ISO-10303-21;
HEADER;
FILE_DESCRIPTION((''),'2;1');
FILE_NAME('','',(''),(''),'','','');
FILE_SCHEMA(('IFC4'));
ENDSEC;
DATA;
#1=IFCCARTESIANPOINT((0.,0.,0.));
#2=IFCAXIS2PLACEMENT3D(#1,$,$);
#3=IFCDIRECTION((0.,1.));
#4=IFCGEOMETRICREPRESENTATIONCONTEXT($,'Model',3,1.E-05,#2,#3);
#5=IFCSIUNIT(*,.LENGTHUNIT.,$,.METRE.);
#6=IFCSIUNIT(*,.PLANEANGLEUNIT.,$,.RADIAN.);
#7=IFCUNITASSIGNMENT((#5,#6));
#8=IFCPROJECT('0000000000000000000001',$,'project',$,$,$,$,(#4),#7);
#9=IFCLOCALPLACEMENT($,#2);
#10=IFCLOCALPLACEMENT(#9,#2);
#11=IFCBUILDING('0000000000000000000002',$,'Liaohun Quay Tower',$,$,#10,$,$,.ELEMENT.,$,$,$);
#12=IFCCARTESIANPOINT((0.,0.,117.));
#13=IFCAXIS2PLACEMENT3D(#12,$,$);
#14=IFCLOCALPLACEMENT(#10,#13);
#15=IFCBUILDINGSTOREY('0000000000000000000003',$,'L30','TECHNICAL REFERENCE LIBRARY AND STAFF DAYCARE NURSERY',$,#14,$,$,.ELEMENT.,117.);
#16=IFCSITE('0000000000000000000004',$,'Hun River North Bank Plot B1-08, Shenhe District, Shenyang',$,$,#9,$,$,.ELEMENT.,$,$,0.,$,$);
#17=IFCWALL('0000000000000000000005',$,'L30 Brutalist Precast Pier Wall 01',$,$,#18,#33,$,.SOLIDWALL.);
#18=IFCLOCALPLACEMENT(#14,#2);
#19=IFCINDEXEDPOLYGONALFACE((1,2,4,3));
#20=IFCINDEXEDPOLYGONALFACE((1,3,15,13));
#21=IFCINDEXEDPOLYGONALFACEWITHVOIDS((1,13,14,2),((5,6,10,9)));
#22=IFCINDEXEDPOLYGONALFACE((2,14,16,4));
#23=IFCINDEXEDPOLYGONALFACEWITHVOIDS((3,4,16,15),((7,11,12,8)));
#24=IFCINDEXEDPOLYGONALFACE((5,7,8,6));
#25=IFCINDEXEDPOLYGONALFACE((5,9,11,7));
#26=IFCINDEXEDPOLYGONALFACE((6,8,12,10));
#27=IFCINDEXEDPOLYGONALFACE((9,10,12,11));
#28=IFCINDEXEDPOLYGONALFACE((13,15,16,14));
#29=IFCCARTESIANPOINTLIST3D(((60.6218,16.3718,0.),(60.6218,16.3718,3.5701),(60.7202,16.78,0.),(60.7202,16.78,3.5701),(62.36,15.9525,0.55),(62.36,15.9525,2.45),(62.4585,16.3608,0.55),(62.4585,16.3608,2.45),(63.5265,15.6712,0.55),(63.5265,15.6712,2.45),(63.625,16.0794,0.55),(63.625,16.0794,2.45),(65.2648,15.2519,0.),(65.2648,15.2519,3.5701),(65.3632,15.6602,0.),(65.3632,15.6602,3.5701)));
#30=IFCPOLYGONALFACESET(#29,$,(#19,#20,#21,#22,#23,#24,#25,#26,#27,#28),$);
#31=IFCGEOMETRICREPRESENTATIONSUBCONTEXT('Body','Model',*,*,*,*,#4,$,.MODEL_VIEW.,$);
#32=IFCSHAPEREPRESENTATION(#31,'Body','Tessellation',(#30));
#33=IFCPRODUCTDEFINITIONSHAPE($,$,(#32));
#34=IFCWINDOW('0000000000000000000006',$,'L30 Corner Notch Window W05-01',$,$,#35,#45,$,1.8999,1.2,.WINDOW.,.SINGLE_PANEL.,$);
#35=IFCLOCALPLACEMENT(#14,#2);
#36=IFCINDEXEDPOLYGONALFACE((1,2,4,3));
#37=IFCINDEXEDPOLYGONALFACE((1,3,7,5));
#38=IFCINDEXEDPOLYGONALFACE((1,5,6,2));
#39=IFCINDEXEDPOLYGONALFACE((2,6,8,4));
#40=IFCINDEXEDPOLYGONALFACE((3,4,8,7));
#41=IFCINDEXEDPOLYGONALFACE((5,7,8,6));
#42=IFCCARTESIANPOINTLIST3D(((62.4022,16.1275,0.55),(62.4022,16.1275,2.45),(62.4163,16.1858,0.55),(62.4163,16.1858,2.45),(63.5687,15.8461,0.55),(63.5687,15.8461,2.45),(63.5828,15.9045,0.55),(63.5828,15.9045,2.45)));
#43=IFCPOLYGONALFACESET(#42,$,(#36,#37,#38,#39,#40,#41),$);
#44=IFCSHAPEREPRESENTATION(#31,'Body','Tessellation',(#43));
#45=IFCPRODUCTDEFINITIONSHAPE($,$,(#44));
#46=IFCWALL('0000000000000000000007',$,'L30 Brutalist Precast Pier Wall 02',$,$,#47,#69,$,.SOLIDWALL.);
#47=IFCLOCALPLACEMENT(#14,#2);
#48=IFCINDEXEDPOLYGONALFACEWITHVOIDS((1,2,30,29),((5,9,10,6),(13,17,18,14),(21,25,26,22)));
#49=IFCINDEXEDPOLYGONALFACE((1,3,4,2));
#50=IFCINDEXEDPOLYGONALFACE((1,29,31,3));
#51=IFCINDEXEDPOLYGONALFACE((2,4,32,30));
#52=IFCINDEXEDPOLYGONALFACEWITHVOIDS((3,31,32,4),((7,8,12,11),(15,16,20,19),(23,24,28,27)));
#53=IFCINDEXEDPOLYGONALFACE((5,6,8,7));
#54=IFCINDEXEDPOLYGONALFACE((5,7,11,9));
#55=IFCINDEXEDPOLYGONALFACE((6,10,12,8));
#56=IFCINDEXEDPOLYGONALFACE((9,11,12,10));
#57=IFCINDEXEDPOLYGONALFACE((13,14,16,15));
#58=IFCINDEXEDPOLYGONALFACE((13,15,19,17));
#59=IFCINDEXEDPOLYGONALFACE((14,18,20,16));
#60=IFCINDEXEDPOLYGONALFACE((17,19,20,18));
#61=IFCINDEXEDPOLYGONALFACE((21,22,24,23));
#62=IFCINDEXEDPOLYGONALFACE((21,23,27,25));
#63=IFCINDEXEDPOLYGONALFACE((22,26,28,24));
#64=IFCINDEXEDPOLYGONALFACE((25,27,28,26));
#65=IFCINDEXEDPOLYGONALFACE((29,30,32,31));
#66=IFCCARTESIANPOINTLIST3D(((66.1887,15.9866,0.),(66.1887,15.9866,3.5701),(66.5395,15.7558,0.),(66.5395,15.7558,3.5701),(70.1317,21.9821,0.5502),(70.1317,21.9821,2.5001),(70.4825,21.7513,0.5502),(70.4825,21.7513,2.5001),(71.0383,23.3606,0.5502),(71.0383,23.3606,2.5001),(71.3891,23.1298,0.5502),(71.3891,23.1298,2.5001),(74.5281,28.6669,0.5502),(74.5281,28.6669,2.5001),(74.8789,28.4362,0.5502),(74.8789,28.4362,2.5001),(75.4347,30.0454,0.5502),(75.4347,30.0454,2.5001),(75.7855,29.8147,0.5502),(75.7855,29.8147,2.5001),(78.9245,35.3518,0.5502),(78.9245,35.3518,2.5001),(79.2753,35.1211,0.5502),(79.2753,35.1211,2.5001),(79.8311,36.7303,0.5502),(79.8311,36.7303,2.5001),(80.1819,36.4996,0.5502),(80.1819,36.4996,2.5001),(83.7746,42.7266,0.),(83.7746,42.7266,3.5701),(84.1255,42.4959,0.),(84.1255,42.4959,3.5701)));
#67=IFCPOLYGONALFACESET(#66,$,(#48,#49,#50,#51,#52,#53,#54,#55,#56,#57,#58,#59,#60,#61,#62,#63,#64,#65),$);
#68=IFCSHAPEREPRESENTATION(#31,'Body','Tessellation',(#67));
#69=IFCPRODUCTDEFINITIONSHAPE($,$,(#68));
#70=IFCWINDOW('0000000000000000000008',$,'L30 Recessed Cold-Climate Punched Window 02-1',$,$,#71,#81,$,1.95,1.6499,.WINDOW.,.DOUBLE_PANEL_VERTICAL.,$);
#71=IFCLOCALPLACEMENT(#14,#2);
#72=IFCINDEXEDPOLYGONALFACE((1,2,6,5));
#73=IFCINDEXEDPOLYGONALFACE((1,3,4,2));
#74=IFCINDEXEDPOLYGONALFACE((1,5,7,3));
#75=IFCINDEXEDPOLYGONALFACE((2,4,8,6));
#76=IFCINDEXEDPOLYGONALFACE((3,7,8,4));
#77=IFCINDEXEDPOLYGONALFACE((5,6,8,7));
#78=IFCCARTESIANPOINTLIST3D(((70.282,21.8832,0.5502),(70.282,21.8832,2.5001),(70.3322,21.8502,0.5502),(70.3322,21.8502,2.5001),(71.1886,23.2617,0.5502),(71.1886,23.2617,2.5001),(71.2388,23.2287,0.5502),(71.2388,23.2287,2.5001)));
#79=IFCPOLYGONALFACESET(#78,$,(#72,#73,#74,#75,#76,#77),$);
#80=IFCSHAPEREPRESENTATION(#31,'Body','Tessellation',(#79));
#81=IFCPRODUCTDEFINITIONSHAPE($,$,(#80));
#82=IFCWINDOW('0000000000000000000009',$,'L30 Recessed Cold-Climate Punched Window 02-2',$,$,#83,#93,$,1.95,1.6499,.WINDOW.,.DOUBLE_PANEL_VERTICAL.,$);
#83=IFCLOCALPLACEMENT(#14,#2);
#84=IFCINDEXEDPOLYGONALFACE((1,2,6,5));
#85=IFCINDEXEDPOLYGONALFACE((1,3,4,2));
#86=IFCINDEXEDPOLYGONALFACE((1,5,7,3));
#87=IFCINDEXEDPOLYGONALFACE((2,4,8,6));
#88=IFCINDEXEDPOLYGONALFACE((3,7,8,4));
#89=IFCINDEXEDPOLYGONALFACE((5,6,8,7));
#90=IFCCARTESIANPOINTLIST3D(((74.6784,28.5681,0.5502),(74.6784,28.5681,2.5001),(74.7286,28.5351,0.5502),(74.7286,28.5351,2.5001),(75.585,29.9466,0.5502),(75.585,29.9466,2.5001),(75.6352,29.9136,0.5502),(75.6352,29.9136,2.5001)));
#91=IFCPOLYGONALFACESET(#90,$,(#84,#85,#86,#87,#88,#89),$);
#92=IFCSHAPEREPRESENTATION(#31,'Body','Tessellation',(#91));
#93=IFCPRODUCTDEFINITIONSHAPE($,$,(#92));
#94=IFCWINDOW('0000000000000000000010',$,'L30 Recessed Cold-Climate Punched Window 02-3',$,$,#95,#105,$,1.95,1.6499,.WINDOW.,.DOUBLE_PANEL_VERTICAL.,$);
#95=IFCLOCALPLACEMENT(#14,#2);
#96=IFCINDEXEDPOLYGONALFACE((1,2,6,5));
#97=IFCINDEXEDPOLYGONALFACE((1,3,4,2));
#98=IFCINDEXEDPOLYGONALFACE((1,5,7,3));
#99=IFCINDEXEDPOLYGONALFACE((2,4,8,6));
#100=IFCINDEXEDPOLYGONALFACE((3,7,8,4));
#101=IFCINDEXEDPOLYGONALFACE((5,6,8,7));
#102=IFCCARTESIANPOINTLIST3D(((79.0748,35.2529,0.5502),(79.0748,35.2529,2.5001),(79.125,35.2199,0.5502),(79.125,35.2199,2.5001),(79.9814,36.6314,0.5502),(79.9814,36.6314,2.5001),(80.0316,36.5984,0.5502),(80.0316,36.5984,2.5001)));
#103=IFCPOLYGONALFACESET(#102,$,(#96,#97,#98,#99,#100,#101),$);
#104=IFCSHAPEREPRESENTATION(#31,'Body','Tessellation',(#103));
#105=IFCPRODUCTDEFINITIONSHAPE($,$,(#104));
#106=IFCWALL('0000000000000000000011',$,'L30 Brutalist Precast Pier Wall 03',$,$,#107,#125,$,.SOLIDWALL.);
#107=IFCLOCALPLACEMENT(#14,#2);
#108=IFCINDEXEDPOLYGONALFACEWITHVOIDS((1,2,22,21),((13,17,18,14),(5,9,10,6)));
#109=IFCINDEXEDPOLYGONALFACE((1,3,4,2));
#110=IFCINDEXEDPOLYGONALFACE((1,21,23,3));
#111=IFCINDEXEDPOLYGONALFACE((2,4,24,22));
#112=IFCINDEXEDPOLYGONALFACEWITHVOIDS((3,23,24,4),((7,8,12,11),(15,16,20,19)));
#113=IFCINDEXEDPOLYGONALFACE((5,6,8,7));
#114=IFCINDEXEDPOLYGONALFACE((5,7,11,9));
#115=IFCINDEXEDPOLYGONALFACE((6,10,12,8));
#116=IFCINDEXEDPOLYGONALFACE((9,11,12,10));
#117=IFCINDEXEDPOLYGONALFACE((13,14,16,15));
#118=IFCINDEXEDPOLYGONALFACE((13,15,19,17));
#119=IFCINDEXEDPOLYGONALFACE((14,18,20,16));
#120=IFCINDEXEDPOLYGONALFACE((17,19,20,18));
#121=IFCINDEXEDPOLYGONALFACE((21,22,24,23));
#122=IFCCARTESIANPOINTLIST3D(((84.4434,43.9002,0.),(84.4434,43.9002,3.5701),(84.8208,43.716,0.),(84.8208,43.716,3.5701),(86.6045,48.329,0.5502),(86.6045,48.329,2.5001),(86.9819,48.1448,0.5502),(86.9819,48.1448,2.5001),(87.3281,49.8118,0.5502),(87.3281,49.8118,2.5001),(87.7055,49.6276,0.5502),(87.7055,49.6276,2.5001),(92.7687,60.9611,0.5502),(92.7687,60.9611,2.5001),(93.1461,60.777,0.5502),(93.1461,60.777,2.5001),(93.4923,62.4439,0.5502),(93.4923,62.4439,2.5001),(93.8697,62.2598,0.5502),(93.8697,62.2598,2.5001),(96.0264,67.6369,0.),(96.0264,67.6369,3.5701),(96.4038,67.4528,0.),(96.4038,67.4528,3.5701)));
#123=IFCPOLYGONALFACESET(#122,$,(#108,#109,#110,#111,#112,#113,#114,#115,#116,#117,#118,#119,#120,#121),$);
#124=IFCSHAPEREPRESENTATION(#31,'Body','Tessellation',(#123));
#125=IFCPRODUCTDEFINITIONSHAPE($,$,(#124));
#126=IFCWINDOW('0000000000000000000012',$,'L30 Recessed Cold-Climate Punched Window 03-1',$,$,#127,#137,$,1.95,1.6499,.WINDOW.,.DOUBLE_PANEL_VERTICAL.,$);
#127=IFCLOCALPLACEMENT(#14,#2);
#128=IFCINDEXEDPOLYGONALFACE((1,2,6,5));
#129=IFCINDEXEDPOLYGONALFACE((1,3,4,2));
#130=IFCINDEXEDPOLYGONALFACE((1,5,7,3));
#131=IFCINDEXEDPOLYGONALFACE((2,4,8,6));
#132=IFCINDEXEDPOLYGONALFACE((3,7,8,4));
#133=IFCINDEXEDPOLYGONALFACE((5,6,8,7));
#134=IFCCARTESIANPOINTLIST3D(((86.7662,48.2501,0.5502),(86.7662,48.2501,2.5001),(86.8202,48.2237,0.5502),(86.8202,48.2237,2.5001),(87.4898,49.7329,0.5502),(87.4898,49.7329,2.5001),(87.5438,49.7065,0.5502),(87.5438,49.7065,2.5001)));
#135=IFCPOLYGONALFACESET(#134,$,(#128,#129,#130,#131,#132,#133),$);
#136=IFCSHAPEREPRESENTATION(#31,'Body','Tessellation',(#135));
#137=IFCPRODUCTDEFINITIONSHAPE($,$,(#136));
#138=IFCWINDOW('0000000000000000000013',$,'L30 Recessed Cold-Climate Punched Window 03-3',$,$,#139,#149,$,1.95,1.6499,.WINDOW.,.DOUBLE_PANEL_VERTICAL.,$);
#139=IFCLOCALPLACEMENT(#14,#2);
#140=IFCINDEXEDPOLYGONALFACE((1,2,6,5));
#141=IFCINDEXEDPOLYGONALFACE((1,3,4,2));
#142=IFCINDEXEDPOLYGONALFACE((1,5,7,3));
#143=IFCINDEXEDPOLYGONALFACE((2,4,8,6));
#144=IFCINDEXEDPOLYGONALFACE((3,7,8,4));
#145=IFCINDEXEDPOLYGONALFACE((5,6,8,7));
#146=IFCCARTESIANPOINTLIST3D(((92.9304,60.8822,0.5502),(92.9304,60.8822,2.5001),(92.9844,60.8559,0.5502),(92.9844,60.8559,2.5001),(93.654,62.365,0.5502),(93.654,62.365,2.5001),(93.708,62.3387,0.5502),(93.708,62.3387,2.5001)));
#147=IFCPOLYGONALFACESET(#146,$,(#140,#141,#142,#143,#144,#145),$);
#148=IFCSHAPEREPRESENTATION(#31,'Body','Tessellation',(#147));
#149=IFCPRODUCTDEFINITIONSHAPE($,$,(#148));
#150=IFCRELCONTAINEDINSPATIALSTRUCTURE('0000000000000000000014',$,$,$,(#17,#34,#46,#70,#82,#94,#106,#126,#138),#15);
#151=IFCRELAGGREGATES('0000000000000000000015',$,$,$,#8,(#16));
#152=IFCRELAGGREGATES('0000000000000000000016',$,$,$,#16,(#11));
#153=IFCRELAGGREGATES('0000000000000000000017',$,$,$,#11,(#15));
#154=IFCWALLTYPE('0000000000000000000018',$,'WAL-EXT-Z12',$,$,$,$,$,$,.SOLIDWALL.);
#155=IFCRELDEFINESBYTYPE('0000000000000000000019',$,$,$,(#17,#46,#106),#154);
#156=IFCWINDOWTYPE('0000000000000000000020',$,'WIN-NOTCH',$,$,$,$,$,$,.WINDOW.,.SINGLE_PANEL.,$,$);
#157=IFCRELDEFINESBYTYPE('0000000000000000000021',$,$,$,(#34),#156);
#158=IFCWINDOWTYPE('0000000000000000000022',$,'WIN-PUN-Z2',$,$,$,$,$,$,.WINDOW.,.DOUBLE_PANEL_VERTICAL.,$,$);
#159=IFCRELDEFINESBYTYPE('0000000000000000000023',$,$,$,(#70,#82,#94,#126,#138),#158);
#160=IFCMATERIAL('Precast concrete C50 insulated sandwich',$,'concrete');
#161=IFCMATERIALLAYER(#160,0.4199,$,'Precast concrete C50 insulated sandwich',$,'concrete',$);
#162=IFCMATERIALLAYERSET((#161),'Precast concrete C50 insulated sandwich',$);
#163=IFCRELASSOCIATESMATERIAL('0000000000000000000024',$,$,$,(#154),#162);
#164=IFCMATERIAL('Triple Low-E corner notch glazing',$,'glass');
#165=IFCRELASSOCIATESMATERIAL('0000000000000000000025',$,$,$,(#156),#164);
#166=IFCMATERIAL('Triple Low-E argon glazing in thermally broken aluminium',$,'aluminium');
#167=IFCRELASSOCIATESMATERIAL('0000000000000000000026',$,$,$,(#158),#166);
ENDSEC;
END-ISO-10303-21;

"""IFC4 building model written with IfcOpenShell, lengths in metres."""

from ifc_helpers import new_model, si_unit, direction, frame, frame_2d, origin, place, context, subcontext, project, spatial, rectangle, extrude, source, transform, mapped, material, layer, layer_set, type_object, element, fill, save


model = new_model("IFC4")

# Units and contexts
model_context = context("Model", 3, precision=1e-05, world=origin(), true_north=direction((0.0, 1.0)))
body_context = subcontext(model_context, "Body", "Model", "MODEL_VIEW")
ifc_project = project(units=[si_unit("LENGTHUNIT", "METRE"), si_unit("PLANEANGLEUNIT", "RADIAN")], contexts=[model_context])

# Site, building, storey
site_placement = place(None, origin())
site = spatial("IfcSite", under=ifc_project, at=site_placement, Name="Hun River North Bank Plot B1-08, Shenhe District, Shenyang", CompositionType="ELEMENT", RefElevation=0.0)
building_placement = place(site_placement, origin())
building = spatial("IfcBuilding", under=site, at=building_placement, Name="Liaohun Quay Tower", CompositionType="ELEMENT")
storey_placement = place(building_placement, frame((0.0, 0.0, 117.0)))
storey = spatial("IfcBuildingStorey", under=building, at=storey_placement, Name="L30", Description="TECHNICAL REFERENCE LIBRARY AND STAFF DAYCARE NURSERY", CompositionType="ELEMENT", Elevation=117.0)

# Wall, opening, window
ifc_material_1 = material(Name="Precast concrete C50 insulated sandwich", Category="concrete")
ifc_layer_1 = layer(ifc_material_1, 0.4199, Name="Precast concrete C50 insulated sandwich", Category="concrete")
ifc_layer_set_1 = layer_set([ifc_layer_1], Name="Precast concrete C50 insulated sandwich")
wall_type_1 = type_object("IfcWallType", Name="WAL-EXT-Z12", PredefinedType="SOLIDWALL", material=ifc_layer_set_1)
wall_1_placement = place(storey_placement, frame((60.6709, 16.5759, 0.0), z_axis=(0.0, 0.0, 1.0), x_axis=(0.972124, -0.234469, 0.0)))
wall_1 = element("IfcWall", 1, at=wall_1_placement, inside=storey, type_object=wall_type_1, Name="L30 Brutalist Precast Pier Wall 01", PredefinedType="SOLIDWALL", context=body_context, shape_type="SweptSolid", body=[
    extrude(rectangle(XDim=4.7761, YDim=0.4199, at=frame_2d((2.3882, 0.0))), origin(), (0.0, 0.0, 1.0), 3.5701),
])
shared_shape_1 = source(origin(), body_context, "Body", "SweptSolid", [
    extrude(rectangle(XDim=1.2, YDim=1.8999, at=frame_2d((0.6001, 0.95))), frame((0.0, 0.22, 0.0), z_axis=(0.0, -1.0, 0.0), x_axis=(1.0, 0.0, 0.0)), (0.0, 0.0, 1.0), 0.4399),
])
opening_1_placement = place(wall_1_placement, frame((1.7881, 0.0, 0.55)))
opening_1 = element("IfcOpeningElement", 2, at=opening_1_placement, cuts=wall_1, PredefinedType="OPENING", context=body_context, shape_type="MappedRepresentation", body=[
    mapped(shared_shape_1, transform((0.0, 0.0, 0.0), x_axis=(1.0, 0.0, 0.0), y_axis=(0.0, 1.0, 0.0), z_axis=(0.0, 0.0, 1.0), scale=1.0)),
])
ifc_material_2 = material(Name="Triple Low-E corner notch glazing", Category="glass")
window_type_1 = type_object("IfcWindowType", Name="WIN-NOTCH", PartitioningType="SINGLE_PANEL", PredefinedType="WINDOW", material=ifc_material_2)
shared_shape_2 = source(origin(), body_context, "Body", "SweptSolid", [
    extrude(rectangle(XDim=1.2, YDim=1.8999, at=frame_2d((0.6001, 0.95))), frame((0.0, 0.03, 0.0), z_axis=(0.0, -1.0, 0.0), x_axis=(1.0, 0.0, 0.0)), (0.0, 0.0, 1.0), 0.0601),
])
window_1_placement = place(opening_1_placement, origin())
window_1 = element("IfcWindow", 3, at=window_1_placement, inside=storey, type_object=window_type_1, Name="L30 Corner Notch Window W05-01", OverallHeight=1.8999, OverallWidth=1.2, PartitioningType="SINGLE_PANEL", PredefinedType="WINDOW", context=body_context, shape_type="MappedRepresentation", body=[
    mapped(shared_shape_2, transform((0.0, 0.0, 0.0), x_axis=(1.0, 0.0, 0.0), y_axis=(0.0, 1.0, 0.0), z_axis=(0.0, 0.0, 1.0), scale=1.0)),
])
fill(opening_1, window_1)

# Walls, openings, windows
wall_2_placement = place(storey_placement, frame((66.364, 15.8711, 0.0), z_axis=(0.0, 0.0, 1.0), x_axis=(0.549482, 0.835505, 0.0)))
wall_2 = element("IfcWall", 4, at=wall_2_placement, inside=storey, type_object=wall_type_1, Name="L30 Brutalist Precast Pier Wall 02", PredefinedType="SOLIDWALL", context=body_context, shape_type="SweptSolid", body=[
    extrude(rectangle(XDim=32.0046, YDim=0.4199, at=frame_2d((16.0024, 0.0))), origin(), (0.0, 0.0, 1.0), 3.5701),
])
shared_shape_3 = source(origin(), body_context, "Body", "SweptSolid", [
    extrude(rectangle(XDim=1.6499, YDim=1.95, at=frame_2d((0.825, 0.9751))), frame((0.0, 0.22, 0.0), z_axis=(0.0, -1.0, 0.0), x_axis=(1.0, 0.0, 0.0)), (0.0, 0.0, 1.0), 0.4399),
])
opening_2_placement = place(wall_2_placement, frame((7.176, 0.0, 0.55)))
opening_2 = element("IfcOpeningElement", 5, at=opening_2_placement, cuts=wall_2, PredefinedType="OPENING", context=body_context, shape_type="MappedRepresentation", body=[
    mapped(shared_shape_3, transform((0.0, 0.0, 0.0), x_axis=(1.0, 0.0, 0.0), y_axis=(0.0, 1.0, 0.0), z_axis=(0.0, 0.0, 1.0), scale=1.0)),
])
opening_3_placement = place(wall_2_placement, frame((15.177, 0.0, 0.55)))
opening_3 = element("IfcOpeningElement", 6, at=opening_3_placement, cuts=wall_2, PredefinedType="OPENING", context=body_context, shape_type="MappedRepresentation", body=[
    mapped(shared_shape_3, transform((0.0, 0.0, 0.0), x_axis=(1.0, 0.0, 0.0), y_axis=(0.0, 1.0, 0.0), z_axis=(0.0, 0.0, 1.0), scale=1.0)),
])
opening_4_placement = place(wall_2_placement, frame((23.178, 0.0, 0.55)))
opening_4 = element("IfcOpeningElement", 7, at=opening_4_placement, cuts=wall_2, PredefinedType="OPENING", context=body_context, shape_type="MappedRepresentation", body=[
    mapped(shared_shape_3, transform((0.0, 0.0, 0.0), x_axis=(1.0, 0.0, 0.0), y_axis=(0.0, 1.0, 0.0), z_axis=(0.0, 0.0, 1.0), scale=1.0)),
])
ifc_material_3 = material(Name="Triple Low-E argon glazing in thermally broken aluminium", Category="aluminium")
window_type_2 = type_object("IfcWindowType", Name="WIN-PUN-Z2", PartitioningType="DOUBLE_PANEL_VERTICAL", PredefinedType="WINDOW", material=ifc_material_3)
shared_shape_4 = source(origin(), body_context, "Body", "SweptSolid", [
    extrude(rectangle(XDim=1.6499, YDim=1.95, at=frame_2d((0.825, 0.9751))), frame((0.0, 0.03, 0.0), z_axis=(0.0, -1.0, 0.0), x_axis=(1.0, 0.0, 0.0)), (0.0, 0.0, 1.0), 0.0601),
])
window_2_placement = place(opening_2_placement, origin())
window_2 = element("IfcWindow", 8, at=window_2_placement, inside=storey, type_object=window_type_2, Name="L30 Recessed Cold-Climate Punched Window 02-1", OverallHeight=1.95, OverallWidth=1.6499, PartitioningType="DOUBLE_PANEL_VERTICAL", PredefinedType="WINDOW", context=body_context, shape_type="MappedRepresentation", body=[
    mapped(shared_shape_4, transform((0.0, 0.0, 0.0), x_axis=(1.0, 0.0, 0.0), y_axis=(0.0, 1.0, 0.0), z_axis=(0.0, 0.0, 1.0), scale=1.0)),
])
fill(opening_2, window_2)
window_3_placement = place(opening_3_placement, origin())
window_3 = element("IfcWindow", 9, at=window_3_placement, inside=storey, type_object=window_type_2, Name="L30 Recessed Cold-Climate Punched Window 02-2", OverallHeight=1.95, OverallWidth=1.6499, PartitioningType="DOUBLE_PANEL_VERTICAL", PredefinedType="WINDOW", context=body_context, shape_type="MappedRepresentation", body=[
    mapped(shared_shape_4, transform((0.0, 0.0, 0.0), x_axis=(1.0, 0.0, 0.0), y_axis=(0.0, 1.0, 0.0), z_axis=(0.0, 0.0, 1.0), scale=1.0)),
])
fill(opening_3, window_3)
window_4_placement = place(opening_4_placement, origin())
window_4 = element("IfcWindow", 10, at=window_4_placement, inside=storey, type_object=window_type_2, Name="L30 Recessed Cold-Climate Punched Window 02-3", OverallHeight=1.95, OverallWidth=1.6499, PartitioningType="DOUBLE_PANEL_VERTICAL", PredefinedType="WINDOW", context=body_context, shape_type="MappedRepresentation", body=[
    mapped(shared_shape_4, transform((0.0, 0.0, 0.0), x_axis=(1.0, 0.0, 0.0), y_axis=(0.0, 1.0, 0.0), z_axis=(0.0, 0.0, 1.0), scale=1.0)),
])
fill(opening_4, window_4)
wall_3_placement = place(storey_placement, frame((84.6321, 43.8081, 0.0), z_axis=(0.0, 0.0, 1.0), x_axis=(0.438548, 0.898708, 0.0)))
wall_3 = element("IfcWall", 11, at=wall_3_placement, inside=storey, type_object=wall_type_1, Name="L30 Brutalist Precast Pier Wall 03", PredefinedType="SOLIDWALL", context=body_context, shape_type="SweptSolid", body=[
    extrude(rectangle(XDim=26.4121, YDim=0.4199, at=frame_2d((13.2061, 0.0))), origin(), (0.0, 0.0, 1.0), 3.5701),
])
opening_5_placement = place(wall_3_placement, frame((4.928, 0.0, 0.55)))
opening_5 = element("IfcOpeningElement", 12, at=opening_5_placement, cuts=wall_3, PredefinedType="OPENING", context=body_context, shape_type="MappedRepresentation", body=[
    mapped(shared_shape_3, transform((0.0, 0.0, 0.0), x_axis=(1.0, 0.0, 0.0), y_axis=(0.0, 1.0, 0.0), z_axis=(0.0, 0.0, 1.0), scale=1.0)),
])
opening_6_placement = place(wall_3_placement, frame((18.9839, 0.0, 0.55)))
opening_6 = element("IfcOpeningElement", 13, at=opening_6_placement, cuts=wall_3, PredefinedType="OPENING", context=body_context, shape_type="MappedRepresentation", body=[
    mapped(shared_shape_3, transform((0.0, 0.0, 0.0), x_axis=(1.0, 0.0, 0.0), y_axis=(0.0, 1.0, 0.0), z_axis=(0.0, 0.0, 1.0), scale=1.0)),
])
window_5_placement = place(opening_5_placement, origin())
window_5 = element("IfcWindow", 14, at=window_5_placement, inside=storey, type_object=window_type_2, Name="L30 Recessed Cold-Climate Punched Window 03-1", OverallHeight=1.95, OverallWidth=1.6499, PartitioningType="DOUBLE_PANEL_VERTICAL", PredefinedType="WINDOW", context=body_context, shape_type="MappedRepresentation", body=[
    mapped(shared_shape_4, transform((0.0, 0.0, 0.0), x_axis=(1.0, 0.0, 0.0), y_axis=(0.0, 1.0, 0.0), z_axis=(0.0, 0.0, 1.0), scale=1.0)),
])
fill(opening_5, window_5)
window_6_placement = place(opening_6_placement, origin())
window_6 = element("IfcWindow", 15, at=window_6_placement, inside=storey, type_object=window_type_2, Name="L30 Recessed Cold-Climate Punched Window 03-3", OverallHeight=1.95, OverallWidth=1.6499, PartitioningType="DOUBLE_PANEL_VERTICAL", PredefinedType="WINDOW", context=body_context, shape_type="MappedRepresentation", body=[
    mapped(shared_shape_4, transform((0.0, 0.0, 0.0), x_axis=(1.0, 0.0, 0.0), y_axis=(0.0, 1.0, 0.0), z_axis=(0.0, 0.0, 1.0), scale=1.0)),
])
fill(opening_6, window_6)

save(model, "model.ifc")
